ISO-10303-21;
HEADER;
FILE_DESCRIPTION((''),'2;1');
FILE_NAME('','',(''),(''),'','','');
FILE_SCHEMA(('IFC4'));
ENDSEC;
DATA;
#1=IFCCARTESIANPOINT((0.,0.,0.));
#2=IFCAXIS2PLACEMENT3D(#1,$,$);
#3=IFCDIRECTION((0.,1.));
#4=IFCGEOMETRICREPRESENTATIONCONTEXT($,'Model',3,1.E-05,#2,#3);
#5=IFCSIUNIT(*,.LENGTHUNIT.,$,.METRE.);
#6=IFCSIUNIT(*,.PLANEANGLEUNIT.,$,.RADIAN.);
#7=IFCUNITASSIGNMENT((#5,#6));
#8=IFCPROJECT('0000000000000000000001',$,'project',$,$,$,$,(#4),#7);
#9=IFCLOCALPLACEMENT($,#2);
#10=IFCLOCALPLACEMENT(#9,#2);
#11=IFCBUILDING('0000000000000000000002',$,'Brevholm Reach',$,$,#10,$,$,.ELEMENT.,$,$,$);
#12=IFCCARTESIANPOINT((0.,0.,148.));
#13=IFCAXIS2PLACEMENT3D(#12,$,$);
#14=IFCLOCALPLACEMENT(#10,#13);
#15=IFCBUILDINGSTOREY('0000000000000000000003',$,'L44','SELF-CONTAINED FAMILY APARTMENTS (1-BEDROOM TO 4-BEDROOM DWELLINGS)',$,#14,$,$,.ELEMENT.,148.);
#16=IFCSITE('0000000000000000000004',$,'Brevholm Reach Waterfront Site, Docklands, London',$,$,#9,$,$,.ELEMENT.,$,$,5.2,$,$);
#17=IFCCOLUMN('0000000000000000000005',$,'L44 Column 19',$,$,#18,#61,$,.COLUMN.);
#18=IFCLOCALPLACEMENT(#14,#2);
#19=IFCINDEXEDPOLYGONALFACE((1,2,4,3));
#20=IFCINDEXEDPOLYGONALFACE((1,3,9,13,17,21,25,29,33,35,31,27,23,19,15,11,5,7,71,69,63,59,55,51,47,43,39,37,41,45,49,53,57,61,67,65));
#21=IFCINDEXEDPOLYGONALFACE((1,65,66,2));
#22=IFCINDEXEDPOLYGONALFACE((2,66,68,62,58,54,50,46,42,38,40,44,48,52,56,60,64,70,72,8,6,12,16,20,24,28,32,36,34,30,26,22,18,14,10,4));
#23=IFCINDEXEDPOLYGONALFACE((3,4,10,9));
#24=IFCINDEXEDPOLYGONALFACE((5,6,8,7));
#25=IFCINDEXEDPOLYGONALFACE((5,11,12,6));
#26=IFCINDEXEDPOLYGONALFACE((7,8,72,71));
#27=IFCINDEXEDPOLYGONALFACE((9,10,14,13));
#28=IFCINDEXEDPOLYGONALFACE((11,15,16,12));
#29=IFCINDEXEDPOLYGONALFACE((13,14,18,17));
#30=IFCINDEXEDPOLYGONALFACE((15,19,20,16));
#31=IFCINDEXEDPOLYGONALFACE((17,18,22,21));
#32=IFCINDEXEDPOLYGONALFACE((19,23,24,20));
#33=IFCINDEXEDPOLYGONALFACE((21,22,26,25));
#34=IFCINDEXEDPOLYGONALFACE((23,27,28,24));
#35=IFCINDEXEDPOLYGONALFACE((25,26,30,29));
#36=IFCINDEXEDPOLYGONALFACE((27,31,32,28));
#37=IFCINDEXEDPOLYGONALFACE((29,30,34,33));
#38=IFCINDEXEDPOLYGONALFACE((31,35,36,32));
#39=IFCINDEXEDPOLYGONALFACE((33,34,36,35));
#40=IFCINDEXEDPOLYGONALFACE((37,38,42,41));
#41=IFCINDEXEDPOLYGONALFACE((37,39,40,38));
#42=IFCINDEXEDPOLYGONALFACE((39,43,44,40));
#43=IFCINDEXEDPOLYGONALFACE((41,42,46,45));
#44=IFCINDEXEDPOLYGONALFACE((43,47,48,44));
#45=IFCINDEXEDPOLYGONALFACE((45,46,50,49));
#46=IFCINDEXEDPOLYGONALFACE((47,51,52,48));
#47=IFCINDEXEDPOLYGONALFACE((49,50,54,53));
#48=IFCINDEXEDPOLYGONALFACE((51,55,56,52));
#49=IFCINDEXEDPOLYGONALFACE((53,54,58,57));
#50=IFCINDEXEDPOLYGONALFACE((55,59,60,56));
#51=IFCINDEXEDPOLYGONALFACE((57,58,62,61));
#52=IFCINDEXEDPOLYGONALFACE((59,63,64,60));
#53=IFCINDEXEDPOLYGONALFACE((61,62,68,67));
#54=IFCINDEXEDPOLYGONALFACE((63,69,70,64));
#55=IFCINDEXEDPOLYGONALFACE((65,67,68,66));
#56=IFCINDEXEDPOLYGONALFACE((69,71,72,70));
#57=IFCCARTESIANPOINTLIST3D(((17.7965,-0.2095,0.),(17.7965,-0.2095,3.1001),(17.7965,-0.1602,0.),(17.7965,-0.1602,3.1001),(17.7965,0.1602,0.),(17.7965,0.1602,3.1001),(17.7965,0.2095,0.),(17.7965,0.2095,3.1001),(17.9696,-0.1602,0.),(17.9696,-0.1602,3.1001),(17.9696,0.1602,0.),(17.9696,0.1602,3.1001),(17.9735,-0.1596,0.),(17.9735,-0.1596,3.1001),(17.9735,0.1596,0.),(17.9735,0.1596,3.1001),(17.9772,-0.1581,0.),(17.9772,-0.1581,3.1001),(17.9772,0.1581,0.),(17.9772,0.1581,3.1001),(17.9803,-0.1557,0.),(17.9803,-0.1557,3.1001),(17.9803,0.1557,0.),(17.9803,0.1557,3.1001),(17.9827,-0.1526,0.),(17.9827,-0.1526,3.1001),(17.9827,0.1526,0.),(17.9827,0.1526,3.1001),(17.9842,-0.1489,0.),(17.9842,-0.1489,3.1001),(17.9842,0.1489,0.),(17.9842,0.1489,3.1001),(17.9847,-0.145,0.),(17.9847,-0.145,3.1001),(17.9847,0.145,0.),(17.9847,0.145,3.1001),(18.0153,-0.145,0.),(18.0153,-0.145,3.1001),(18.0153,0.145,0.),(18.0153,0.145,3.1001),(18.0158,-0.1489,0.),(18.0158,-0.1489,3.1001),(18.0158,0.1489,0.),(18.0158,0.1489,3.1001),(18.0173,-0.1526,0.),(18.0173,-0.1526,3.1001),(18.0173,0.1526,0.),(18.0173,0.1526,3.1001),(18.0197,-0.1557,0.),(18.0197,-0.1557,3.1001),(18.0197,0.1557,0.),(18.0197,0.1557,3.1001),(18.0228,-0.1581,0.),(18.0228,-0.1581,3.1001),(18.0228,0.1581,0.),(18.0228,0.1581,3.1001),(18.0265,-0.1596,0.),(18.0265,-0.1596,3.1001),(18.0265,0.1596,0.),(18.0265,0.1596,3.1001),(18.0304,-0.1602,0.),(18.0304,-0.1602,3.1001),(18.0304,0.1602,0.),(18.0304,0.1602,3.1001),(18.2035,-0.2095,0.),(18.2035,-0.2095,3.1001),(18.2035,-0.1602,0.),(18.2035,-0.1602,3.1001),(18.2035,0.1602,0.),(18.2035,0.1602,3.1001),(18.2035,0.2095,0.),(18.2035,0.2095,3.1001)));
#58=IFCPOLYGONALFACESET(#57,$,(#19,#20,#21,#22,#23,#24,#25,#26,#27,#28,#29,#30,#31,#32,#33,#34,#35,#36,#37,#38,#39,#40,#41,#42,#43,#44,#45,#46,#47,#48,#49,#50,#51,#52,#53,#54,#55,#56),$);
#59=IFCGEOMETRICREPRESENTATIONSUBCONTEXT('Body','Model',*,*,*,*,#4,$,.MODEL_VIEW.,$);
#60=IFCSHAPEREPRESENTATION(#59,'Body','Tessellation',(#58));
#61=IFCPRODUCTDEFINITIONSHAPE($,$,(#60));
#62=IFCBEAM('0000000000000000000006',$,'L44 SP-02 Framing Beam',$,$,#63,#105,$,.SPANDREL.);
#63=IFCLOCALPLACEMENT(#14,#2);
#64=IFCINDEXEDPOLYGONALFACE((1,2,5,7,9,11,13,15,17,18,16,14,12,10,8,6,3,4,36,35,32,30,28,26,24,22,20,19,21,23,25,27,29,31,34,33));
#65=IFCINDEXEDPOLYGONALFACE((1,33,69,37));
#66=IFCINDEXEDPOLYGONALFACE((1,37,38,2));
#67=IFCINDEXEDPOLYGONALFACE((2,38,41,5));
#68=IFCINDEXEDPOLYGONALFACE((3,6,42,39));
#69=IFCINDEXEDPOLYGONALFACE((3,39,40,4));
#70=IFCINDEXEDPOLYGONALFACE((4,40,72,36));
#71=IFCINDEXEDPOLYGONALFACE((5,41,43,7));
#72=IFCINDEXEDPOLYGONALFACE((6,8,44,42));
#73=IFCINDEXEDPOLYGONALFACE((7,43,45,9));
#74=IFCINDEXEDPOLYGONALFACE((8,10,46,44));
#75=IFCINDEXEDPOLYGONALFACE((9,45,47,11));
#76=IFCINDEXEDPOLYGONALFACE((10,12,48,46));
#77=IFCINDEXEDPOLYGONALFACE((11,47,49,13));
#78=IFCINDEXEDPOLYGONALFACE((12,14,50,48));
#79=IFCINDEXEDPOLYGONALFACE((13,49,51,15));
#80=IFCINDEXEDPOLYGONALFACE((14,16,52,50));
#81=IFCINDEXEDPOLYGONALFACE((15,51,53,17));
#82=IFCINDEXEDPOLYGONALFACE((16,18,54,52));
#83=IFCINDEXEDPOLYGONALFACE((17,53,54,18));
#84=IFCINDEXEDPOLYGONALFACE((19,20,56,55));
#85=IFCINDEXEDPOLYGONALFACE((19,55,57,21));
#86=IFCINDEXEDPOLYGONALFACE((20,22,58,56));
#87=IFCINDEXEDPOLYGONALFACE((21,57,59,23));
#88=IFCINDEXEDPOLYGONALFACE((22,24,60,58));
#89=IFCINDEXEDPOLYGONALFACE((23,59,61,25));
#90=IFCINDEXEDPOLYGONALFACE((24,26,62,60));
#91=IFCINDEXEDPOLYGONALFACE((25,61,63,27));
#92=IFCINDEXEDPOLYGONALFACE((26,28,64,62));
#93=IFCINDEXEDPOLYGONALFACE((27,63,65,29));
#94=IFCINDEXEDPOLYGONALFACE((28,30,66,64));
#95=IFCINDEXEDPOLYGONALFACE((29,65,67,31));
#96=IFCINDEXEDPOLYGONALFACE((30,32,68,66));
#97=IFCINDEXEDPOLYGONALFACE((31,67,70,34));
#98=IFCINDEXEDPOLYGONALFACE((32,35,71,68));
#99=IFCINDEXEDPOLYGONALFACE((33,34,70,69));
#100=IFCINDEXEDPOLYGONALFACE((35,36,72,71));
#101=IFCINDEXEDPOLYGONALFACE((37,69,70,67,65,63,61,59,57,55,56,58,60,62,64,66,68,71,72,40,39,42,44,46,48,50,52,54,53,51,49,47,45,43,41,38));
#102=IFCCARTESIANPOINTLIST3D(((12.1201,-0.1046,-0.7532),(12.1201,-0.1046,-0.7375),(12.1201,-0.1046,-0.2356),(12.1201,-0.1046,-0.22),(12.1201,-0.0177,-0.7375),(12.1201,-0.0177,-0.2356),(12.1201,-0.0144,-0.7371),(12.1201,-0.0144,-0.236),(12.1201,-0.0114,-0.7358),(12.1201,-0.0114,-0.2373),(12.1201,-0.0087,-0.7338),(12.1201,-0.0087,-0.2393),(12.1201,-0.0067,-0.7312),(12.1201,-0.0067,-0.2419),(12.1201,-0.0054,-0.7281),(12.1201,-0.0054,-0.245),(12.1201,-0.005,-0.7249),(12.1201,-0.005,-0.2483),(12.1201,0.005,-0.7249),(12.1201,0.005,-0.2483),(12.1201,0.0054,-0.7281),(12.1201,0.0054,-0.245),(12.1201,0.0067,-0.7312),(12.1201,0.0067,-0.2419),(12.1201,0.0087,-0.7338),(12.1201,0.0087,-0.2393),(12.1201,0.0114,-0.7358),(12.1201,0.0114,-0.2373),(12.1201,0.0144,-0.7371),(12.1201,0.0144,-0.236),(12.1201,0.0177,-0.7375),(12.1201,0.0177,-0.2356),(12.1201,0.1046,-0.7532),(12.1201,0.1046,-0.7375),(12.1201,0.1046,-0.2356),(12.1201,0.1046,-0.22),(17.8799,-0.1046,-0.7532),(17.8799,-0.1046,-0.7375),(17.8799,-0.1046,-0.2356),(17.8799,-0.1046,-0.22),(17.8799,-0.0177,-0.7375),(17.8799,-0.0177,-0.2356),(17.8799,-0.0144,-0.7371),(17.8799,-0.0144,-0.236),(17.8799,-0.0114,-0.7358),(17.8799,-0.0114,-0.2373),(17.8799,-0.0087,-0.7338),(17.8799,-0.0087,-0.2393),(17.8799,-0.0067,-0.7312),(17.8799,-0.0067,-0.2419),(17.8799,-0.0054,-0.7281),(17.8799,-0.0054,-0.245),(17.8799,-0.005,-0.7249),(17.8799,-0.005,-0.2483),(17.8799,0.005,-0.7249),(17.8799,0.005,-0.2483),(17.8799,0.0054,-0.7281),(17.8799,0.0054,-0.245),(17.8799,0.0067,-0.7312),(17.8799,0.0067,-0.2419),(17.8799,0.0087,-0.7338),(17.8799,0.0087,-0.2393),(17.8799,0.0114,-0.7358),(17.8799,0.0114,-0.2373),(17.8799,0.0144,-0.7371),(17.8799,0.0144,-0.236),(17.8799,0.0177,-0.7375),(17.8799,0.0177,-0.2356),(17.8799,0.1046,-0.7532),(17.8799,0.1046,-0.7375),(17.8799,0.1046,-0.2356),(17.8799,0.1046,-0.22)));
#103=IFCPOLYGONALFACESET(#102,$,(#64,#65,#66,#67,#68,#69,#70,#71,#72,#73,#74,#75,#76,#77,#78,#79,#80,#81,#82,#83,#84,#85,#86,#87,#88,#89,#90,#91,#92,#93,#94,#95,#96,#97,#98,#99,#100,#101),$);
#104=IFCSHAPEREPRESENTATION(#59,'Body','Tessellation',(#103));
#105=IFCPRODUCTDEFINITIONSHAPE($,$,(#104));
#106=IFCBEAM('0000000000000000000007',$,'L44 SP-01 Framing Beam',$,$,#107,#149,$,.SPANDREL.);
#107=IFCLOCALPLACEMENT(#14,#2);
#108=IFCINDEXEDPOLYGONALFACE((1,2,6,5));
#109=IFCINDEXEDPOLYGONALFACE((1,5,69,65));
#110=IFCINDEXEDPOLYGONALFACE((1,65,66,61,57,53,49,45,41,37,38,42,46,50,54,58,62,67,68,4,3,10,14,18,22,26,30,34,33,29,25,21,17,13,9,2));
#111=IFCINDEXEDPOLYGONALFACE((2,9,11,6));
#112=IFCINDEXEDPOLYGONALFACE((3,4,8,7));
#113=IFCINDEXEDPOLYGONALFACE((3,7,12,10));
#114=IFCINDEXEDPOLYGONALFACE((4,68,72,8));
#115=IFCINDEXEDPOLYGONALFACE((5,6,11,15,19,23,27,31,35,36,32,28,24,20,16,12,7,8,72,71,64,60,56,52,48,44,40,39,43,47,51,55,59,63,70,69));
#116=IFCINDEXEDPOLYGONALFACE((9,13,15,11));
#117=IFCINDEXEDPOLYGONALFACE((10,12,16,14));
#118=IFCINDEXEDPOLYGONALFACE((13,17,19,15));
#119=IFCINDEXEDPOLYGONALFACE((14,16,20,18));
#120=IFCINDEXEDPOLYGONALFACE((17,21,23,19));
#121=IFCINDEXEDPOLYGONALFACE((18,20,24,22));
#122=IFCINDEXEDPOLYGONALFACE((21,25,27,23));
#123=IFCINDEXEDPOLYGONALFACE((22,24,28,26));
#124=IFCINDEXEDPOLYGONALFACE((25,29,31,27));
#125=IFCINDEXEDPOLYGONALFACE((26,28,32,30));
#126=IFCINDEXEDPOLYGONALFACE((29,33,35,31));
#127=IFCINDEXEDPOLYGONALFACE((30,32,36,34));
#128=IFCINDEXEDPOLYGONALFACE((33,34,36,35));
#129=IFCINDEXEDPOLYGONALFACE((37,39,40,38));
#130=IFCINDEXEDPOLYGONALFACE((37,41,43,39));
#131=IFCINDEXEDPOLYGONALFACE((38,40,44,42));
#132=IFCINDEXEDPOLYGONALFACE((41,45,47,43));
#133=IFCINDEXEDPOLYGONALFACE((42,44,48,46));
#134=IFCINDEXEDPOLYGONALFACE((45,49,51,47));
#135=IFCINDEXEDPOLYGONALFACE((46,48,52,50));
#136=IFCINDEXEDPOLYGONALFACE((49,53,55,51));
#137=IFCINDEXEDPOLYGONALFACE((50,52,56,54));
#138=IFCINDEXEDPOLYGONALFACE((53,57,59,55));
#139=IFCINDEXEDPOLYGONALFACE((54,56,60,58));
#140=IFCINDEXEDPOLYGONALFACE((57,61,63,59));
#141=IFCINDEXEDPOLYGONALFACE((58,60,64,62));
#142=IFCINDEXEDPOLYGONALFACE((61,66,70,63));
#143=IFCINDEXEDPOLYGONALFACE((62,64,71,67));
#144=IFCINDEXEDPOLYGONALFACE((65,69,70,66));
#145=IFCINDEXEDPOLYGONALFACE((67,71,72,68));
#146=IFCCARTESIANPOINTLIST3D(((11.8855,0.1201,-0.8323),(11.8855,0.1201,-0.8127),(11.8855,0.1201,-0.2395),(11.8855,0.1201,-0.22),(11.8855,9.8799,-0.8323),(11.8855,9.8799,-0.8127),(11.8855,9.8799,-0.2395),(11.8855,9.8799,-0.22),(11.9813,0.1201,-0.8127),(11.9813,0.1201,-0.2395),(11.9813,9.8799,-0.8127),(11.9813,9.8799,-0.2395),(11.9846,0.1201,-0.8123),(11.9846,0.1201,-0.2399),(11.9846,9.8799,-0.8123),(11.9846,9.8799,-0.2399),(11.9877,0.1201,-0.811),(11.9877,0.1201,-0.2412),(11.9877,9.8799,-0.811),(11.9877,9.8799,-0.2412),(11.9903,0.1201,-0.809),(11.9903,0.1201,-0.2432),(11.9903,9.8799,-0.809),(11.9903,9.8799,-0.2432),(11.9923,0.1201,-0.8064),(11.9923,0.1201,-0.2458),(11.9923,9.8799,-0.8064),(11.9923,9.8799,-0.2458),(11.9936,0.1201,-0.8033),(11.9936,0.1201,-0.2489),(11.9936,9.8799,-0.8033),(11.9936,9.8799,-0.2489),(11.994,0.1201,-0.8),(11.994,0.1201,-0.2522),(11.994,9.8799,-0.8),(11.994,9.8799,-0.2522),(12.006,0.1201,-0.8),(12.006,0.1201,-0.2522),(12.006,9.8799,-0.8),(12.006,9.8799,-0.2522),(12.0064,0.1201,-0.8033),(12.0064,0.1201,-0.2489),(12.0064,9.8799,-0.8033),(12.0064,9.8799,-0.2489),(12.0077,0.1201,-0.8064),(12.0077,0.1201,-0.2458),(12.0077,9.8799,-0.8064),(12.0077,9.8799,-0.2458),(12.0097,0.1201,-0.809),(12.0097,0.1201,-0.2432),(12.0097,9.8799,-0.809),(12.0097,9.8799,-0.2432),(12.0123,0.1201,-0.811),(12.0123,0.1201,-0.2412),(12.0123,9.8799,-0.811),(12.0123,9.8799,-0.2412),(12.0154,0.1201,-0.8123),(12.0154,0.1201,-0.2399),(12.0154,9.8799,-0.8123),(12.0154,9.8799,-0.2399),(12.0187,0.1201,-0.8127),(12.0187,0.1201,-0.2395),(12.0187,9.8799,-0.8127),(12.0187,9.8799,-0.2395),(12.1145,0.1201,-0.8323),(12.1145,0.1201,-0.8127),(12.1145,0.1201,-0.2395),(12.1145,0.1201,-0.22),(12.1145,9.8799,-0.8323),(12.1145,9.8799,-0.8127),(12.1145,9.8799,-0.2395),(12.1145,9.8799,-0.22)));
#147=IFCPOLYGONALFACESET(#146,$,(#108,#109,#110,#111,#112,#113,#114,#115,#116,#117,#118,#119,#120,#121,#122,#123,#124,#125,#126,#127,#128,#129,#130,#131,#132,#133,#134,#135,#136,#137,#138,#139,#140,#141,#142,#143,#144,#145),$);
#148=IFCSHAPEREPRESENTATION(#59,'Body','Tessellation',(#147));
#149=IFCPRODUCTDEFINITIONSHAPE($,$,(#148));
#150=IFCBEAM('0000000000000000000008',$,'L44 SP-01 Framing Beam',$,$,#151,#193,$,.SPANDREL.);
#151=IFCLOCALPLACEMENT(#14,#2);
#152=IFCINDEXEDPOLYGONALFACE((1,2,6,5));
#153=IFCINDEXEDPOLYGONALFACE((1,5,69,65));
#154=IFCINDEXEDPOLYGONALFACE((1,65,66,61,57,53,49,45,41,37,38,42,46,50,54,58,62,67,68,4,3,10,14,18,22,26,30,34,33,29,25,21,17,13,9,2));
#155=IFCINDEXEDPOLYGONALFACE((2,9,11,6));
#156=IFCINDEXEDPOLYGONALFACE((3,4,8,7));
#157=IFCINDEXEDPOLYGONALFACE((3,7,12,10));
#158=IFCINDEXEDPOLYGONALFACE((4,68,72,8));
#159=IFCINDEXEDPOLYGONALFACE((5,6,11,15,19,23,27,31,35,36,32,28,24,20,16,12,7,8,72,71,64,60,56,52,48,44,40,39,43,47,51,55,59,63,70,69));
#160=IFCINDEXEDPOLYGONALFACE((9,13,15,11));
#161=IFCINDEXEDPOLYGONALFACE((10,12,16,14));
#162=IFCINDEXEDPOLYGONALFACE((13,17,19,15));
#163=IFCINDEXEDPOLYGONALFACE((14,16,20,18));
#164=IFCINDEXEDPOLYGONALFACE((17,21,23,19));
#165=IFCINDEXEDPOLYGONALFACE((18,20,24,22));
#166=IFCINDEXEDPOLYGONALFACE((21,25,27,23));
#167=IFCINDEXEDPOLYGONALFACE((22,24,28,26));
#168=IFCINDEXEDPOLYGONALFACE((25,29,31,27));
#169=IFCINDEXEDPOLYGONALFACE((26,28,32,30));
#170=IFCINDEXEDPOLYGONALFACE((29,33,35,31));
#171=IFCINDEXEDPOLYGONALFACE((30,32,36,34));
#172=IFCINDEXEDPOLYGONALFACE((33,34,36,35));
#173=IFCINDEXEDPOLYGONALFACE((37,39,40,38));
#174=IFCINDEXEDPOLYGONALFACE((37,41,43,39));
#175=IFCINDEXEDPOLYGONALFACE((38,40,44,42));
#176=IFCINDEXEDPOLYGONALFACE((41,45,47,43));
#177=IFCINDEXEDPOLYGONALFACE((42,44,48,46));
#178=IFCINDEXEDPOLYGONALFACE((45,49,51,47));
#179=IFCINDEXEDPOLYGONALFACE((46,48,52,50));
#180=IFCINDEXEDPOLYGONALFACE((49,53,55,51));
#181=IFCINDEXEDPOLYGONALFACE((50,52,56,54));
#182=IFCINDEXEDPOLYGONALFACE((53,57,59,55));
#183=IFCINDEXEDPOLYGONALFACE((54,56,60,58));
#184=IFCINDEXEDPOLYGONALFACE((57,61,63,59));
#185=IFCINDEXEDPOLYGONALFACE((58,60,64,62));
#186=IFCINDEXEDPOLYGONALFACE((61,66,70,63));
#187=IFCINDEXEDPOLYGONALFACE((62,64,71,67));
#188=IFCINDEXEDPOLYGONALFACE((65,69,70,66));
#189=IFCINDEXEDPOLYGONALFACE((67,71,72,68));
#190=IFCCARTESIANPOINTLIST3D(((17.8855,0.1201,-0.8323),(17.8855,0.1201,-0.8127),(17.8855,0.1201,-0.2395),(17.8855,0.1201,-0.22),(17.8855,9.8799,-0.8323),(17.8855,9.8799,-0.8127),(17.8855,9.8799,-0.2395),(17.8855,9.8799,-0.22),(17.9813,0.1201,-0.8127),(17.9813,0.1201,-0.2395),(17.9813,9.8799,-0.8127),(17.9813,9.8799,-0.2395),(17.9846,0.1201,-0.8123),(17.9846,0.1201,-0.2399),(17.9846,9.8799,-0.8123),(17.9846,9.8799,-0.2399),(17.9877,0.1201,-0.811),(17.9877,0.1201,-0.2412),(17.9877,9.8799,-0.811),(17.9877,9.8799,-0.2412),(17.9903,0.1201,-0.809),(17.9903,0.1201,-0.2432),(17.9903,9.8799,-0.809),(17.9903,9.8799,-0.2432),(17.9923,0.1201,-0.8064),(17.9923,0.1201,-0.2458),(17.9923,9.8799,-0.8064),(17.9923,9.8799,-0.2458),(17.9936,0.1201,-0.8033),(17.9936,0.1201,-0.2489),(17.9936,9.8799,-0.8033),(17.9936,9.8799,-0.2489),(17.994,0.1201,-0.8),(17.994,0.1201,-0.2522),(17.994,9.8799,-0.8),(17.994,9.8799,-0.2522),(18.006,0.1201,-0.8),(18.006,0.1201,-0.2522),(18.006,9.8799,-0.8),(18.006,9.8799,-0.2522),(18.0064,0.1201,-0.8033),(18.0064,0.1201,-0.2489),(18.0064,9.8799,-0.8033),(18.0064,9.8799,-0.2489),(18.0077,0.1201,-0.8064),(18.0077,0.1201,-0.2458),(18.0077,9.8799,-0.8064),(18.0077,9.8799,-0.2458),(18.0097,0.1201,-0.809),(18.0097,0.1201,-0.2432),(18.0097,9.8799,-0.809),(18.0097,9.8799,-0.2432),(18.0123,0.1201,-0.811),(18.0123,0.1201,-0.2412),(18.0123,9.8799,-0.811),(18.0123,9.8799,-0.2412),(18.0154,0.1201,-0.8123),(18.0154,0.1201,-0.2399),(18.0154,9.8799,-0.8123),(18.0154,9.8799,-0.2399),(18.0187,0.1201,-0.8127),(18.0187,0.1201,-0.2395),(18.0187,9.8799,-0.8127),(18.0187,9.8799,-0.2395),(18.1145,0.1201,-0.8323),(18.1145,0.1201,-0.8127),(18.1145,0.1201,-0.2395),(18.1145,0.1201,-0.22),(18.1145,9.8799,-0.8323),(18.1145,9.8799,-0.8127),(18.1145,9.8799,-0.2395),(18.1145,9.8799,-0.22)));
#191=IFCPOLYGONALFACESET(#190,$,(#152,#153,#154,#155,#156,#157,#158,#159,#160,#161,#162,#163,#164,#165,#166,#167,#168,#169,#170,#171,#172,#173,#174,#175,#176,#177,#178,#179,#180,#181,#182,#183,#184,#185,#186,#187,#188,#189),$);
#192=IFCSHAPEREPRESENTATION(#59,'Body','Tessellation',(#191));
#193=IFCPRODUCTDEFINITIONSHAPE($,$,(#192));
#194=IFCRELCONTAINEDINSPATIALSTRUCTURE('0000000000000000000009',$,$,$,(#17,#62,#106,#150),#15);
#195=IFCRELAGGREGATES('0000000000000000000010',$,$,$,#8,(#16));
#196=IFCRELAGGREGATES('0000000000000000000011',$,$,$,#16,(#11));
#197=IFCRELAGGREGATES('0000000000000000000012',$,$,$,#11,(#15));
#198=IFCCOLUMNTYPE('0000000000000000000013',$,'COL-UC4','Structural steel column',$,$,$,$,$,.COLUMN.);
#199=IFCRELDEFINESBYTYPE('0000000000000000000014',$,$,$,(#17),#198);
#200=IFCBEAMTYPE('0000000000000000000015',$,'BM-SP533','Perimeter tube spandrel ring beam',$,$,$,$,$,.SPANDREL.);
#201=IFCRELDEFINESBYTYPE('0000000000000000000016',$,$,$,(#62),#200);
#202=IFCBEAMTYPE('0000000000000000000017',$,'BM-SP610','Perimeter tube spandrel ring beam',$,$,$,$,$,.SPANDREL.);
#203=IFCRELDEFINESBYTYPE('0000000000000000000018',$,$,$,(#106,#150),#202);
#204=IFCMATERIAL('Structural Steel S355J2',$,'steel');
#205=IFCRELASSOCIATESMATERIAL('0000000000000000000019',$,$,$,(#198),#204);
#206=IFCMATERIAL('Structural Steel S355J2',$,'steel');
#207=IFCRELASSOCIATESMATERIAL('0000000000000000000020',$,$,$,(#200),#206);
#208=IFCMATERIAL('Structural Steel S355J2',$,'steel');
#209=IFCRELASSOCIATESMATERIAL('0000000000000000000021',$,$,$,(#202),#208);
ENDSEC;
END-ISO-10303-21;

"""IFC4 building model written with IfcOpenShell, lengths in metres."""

from ifc_helpers import new_model, si_unit, direction, frame, origin, origin_2d, place, context, subcontext, project, spatial, i_section, extrude, material, material_profile, profile_set, type_object, element, save


model = new_model("IFC4")

# Units and contexts
model_context = context("Model", 3, precision=1e-05, world=origin(), true_north=direction((0.0, 1.0)))
body_context = subcontext(model_context, "Body", "Model", "MODEL_VIEW")
ifc_project = project(units=[si_unit("LENGTHUNIT", "METRE"), si_unit("PLANEANGLEUNIT", "RADIAN")], contexts=[model_context])

# Site, building, storey
site_placement = place(None, origin())
site = spatial("IfcSite", under=ifc_project, at=site_placement, Name="Brevholm Reach Waterfront Site, Docklands, London", CompositionType="ELEMENT", RefElevation=5.2)
building_placement = place(site_placement, origin())
building = spatial("IfcBuilding", under=site, at=building_placement, Name="Brevholm Reach", CompositionType="ELEMENT")
storey_placement = place(building_placement, frame((0.0, 0.0, 148.0)))
storey = spatial("IfcBuildingStorey", under=building, at=storey_placement, Name="L44", Description="SELF-CONTAINED FAMILY APARTMENTS (1-BEDROOM TO 4-BEDROOM DWELLINGS)", CompositionType="ELEMENT", Elevation=148.0)

# Column
ifc_material_1 = material(Name="Structural Steel S355J2", Category="steel")
ifc_material_profile_1 = material_profile(ifc_material_1, i_section(OverallWidth=0.407, OverallDepth=0.4189, WebThickness=0.0305, FlangeThickness=0.0493, FilletRadius=0.0151, at=origin_2d()), Name="UKC 356x406x393")
ifc_profile_set_1 = profile_set([ifc_material_profile_1], Name="Structural Steel S355J2")
column_type = type_object("IfcColumnType", Name="COL-UC4", Description="Structural steel column", PredefinedType="COLUMN", material=ifc_profile_set_1)
column_placement = place(storey_placement, frame((18.0, 0.0, 0.0), z_axis=(0.0, 0.0, 1.0), x_axis=(1.0, 0.0, 0.0)))
element("IfcColumn", 1, at=column_placement, inside=storey, type_object=column_type, Name="L44 Column 19", PredefinedType="COLUMN", context=body_context, shape_type="SweptSolid", body=[
    extrude(i_section(OverallWidth=0.407, OverallDepth=0.4189, WebThickness=0.0305, FlangeThickness=0.0493, FilletRadius=0.0151, at=origin_2d()), origin(), (0.0, 0.0, 1.0), 3.1001),
])

# Beams
ifc_material_2 = material(Name="Structural Steel S355J2", Category="steel")
ifc_material_profile_2 = material_profile(ifc_material_2, i_section(OverallWidth=0.2092, OverallDepth=0.5332, WebThickness=0.01, FlangeThickness=0.0156, FilletRadius=0.0127, at=origin_2d()), Name="UKB 533x210x92")
ifc_profile_set_2 = profile_set([ifc_material_profile_2], Name="Structural Steel S355J2")
beam_type_1 = type_object("IfcBeamType", Name="BM-SP533", Description="Perimeter tube spandrel ring beam", PredefinedType="SPANDREL", material=ifc_profile_set_2)
beam_placement = place(storey_placement, frame((12.1201, 0.0, -0.4866), z_axis=(1.0, 0.0, 0.0), x_axis=(0.0, 1.0, 0.0)))
element("IfcBeam", 2, at=beam_placement, inside=storey, type_object=beam_type_1, Name="L44 SP-02 Framing Beam", PredefinedType="SPANDREL", context=body_context, shape_type="SweptSolid", body=[
    extrude(i_section(OverallWidth=0.2092, OverallDepth=0.5332, WebThickness=0.01, FlangeThickness=0.0156, FilletRadius=0.0127, at=origin_2d()), origin(), (0.0, 0.0, 1.0), 5.7598),
])
ifc_material_3 = material(Name="Structural Steel S355J2", Category="steel")
ifc_material_profile_3 = material_profile(ifc_material_3, i_section(OverallWidth=0.229, OverallDepth=0.6123, WebThickness=0.012, FlangeThickness=0.0195, FilletRadius=0.0127, at=origin_2d()), Name="UKB 610x229x125")
ifc_profile_set_3 = profile_set([ifc_material_profile_3], Name="Structural Steel S355J2")
beam_type_2 = type_object("IfcBeamType", Name="BM-SP610", Description="Perimeter tube spandrel ring beam", PredefinedType="SPANDREL", material=ifc_profile_set_3)
for number, where, z_axis, x_axis, name in (
    (3, (12.0, 0.1201, -0.5261), (0.0, 1.0, 0.0), (-1.0, 0.0, 0.0), "L44 SP-01 Framing Beam"),
    (4, (18.0, 0.1201, -0.5261), (0.0, 1.0, 0.0), (-1.0, 0.0, 0.0), "L44 SP-01 Framing Beam"),
):
    element("IfcBeam", number, at=place(storey_placement, frame(where, z_axis=z_axis, x_axis=x_axis)), inside=storey, type_object=beam_type_2, Name=name, PredefinedType="SPANDREL", context=body_context, shape_type="SweptSolid", body=[
        extrude(i_section(OverallWidth=0.229, OverallDepth=0.6123, WebThickness=0.012, FlangeThickness=0.0195, FilletRadius=0.0127, at=origin_2d()), origin(), (0.0, 0.0, 1.0), 9.7598),
    ])

save(model, "model.ifc")
